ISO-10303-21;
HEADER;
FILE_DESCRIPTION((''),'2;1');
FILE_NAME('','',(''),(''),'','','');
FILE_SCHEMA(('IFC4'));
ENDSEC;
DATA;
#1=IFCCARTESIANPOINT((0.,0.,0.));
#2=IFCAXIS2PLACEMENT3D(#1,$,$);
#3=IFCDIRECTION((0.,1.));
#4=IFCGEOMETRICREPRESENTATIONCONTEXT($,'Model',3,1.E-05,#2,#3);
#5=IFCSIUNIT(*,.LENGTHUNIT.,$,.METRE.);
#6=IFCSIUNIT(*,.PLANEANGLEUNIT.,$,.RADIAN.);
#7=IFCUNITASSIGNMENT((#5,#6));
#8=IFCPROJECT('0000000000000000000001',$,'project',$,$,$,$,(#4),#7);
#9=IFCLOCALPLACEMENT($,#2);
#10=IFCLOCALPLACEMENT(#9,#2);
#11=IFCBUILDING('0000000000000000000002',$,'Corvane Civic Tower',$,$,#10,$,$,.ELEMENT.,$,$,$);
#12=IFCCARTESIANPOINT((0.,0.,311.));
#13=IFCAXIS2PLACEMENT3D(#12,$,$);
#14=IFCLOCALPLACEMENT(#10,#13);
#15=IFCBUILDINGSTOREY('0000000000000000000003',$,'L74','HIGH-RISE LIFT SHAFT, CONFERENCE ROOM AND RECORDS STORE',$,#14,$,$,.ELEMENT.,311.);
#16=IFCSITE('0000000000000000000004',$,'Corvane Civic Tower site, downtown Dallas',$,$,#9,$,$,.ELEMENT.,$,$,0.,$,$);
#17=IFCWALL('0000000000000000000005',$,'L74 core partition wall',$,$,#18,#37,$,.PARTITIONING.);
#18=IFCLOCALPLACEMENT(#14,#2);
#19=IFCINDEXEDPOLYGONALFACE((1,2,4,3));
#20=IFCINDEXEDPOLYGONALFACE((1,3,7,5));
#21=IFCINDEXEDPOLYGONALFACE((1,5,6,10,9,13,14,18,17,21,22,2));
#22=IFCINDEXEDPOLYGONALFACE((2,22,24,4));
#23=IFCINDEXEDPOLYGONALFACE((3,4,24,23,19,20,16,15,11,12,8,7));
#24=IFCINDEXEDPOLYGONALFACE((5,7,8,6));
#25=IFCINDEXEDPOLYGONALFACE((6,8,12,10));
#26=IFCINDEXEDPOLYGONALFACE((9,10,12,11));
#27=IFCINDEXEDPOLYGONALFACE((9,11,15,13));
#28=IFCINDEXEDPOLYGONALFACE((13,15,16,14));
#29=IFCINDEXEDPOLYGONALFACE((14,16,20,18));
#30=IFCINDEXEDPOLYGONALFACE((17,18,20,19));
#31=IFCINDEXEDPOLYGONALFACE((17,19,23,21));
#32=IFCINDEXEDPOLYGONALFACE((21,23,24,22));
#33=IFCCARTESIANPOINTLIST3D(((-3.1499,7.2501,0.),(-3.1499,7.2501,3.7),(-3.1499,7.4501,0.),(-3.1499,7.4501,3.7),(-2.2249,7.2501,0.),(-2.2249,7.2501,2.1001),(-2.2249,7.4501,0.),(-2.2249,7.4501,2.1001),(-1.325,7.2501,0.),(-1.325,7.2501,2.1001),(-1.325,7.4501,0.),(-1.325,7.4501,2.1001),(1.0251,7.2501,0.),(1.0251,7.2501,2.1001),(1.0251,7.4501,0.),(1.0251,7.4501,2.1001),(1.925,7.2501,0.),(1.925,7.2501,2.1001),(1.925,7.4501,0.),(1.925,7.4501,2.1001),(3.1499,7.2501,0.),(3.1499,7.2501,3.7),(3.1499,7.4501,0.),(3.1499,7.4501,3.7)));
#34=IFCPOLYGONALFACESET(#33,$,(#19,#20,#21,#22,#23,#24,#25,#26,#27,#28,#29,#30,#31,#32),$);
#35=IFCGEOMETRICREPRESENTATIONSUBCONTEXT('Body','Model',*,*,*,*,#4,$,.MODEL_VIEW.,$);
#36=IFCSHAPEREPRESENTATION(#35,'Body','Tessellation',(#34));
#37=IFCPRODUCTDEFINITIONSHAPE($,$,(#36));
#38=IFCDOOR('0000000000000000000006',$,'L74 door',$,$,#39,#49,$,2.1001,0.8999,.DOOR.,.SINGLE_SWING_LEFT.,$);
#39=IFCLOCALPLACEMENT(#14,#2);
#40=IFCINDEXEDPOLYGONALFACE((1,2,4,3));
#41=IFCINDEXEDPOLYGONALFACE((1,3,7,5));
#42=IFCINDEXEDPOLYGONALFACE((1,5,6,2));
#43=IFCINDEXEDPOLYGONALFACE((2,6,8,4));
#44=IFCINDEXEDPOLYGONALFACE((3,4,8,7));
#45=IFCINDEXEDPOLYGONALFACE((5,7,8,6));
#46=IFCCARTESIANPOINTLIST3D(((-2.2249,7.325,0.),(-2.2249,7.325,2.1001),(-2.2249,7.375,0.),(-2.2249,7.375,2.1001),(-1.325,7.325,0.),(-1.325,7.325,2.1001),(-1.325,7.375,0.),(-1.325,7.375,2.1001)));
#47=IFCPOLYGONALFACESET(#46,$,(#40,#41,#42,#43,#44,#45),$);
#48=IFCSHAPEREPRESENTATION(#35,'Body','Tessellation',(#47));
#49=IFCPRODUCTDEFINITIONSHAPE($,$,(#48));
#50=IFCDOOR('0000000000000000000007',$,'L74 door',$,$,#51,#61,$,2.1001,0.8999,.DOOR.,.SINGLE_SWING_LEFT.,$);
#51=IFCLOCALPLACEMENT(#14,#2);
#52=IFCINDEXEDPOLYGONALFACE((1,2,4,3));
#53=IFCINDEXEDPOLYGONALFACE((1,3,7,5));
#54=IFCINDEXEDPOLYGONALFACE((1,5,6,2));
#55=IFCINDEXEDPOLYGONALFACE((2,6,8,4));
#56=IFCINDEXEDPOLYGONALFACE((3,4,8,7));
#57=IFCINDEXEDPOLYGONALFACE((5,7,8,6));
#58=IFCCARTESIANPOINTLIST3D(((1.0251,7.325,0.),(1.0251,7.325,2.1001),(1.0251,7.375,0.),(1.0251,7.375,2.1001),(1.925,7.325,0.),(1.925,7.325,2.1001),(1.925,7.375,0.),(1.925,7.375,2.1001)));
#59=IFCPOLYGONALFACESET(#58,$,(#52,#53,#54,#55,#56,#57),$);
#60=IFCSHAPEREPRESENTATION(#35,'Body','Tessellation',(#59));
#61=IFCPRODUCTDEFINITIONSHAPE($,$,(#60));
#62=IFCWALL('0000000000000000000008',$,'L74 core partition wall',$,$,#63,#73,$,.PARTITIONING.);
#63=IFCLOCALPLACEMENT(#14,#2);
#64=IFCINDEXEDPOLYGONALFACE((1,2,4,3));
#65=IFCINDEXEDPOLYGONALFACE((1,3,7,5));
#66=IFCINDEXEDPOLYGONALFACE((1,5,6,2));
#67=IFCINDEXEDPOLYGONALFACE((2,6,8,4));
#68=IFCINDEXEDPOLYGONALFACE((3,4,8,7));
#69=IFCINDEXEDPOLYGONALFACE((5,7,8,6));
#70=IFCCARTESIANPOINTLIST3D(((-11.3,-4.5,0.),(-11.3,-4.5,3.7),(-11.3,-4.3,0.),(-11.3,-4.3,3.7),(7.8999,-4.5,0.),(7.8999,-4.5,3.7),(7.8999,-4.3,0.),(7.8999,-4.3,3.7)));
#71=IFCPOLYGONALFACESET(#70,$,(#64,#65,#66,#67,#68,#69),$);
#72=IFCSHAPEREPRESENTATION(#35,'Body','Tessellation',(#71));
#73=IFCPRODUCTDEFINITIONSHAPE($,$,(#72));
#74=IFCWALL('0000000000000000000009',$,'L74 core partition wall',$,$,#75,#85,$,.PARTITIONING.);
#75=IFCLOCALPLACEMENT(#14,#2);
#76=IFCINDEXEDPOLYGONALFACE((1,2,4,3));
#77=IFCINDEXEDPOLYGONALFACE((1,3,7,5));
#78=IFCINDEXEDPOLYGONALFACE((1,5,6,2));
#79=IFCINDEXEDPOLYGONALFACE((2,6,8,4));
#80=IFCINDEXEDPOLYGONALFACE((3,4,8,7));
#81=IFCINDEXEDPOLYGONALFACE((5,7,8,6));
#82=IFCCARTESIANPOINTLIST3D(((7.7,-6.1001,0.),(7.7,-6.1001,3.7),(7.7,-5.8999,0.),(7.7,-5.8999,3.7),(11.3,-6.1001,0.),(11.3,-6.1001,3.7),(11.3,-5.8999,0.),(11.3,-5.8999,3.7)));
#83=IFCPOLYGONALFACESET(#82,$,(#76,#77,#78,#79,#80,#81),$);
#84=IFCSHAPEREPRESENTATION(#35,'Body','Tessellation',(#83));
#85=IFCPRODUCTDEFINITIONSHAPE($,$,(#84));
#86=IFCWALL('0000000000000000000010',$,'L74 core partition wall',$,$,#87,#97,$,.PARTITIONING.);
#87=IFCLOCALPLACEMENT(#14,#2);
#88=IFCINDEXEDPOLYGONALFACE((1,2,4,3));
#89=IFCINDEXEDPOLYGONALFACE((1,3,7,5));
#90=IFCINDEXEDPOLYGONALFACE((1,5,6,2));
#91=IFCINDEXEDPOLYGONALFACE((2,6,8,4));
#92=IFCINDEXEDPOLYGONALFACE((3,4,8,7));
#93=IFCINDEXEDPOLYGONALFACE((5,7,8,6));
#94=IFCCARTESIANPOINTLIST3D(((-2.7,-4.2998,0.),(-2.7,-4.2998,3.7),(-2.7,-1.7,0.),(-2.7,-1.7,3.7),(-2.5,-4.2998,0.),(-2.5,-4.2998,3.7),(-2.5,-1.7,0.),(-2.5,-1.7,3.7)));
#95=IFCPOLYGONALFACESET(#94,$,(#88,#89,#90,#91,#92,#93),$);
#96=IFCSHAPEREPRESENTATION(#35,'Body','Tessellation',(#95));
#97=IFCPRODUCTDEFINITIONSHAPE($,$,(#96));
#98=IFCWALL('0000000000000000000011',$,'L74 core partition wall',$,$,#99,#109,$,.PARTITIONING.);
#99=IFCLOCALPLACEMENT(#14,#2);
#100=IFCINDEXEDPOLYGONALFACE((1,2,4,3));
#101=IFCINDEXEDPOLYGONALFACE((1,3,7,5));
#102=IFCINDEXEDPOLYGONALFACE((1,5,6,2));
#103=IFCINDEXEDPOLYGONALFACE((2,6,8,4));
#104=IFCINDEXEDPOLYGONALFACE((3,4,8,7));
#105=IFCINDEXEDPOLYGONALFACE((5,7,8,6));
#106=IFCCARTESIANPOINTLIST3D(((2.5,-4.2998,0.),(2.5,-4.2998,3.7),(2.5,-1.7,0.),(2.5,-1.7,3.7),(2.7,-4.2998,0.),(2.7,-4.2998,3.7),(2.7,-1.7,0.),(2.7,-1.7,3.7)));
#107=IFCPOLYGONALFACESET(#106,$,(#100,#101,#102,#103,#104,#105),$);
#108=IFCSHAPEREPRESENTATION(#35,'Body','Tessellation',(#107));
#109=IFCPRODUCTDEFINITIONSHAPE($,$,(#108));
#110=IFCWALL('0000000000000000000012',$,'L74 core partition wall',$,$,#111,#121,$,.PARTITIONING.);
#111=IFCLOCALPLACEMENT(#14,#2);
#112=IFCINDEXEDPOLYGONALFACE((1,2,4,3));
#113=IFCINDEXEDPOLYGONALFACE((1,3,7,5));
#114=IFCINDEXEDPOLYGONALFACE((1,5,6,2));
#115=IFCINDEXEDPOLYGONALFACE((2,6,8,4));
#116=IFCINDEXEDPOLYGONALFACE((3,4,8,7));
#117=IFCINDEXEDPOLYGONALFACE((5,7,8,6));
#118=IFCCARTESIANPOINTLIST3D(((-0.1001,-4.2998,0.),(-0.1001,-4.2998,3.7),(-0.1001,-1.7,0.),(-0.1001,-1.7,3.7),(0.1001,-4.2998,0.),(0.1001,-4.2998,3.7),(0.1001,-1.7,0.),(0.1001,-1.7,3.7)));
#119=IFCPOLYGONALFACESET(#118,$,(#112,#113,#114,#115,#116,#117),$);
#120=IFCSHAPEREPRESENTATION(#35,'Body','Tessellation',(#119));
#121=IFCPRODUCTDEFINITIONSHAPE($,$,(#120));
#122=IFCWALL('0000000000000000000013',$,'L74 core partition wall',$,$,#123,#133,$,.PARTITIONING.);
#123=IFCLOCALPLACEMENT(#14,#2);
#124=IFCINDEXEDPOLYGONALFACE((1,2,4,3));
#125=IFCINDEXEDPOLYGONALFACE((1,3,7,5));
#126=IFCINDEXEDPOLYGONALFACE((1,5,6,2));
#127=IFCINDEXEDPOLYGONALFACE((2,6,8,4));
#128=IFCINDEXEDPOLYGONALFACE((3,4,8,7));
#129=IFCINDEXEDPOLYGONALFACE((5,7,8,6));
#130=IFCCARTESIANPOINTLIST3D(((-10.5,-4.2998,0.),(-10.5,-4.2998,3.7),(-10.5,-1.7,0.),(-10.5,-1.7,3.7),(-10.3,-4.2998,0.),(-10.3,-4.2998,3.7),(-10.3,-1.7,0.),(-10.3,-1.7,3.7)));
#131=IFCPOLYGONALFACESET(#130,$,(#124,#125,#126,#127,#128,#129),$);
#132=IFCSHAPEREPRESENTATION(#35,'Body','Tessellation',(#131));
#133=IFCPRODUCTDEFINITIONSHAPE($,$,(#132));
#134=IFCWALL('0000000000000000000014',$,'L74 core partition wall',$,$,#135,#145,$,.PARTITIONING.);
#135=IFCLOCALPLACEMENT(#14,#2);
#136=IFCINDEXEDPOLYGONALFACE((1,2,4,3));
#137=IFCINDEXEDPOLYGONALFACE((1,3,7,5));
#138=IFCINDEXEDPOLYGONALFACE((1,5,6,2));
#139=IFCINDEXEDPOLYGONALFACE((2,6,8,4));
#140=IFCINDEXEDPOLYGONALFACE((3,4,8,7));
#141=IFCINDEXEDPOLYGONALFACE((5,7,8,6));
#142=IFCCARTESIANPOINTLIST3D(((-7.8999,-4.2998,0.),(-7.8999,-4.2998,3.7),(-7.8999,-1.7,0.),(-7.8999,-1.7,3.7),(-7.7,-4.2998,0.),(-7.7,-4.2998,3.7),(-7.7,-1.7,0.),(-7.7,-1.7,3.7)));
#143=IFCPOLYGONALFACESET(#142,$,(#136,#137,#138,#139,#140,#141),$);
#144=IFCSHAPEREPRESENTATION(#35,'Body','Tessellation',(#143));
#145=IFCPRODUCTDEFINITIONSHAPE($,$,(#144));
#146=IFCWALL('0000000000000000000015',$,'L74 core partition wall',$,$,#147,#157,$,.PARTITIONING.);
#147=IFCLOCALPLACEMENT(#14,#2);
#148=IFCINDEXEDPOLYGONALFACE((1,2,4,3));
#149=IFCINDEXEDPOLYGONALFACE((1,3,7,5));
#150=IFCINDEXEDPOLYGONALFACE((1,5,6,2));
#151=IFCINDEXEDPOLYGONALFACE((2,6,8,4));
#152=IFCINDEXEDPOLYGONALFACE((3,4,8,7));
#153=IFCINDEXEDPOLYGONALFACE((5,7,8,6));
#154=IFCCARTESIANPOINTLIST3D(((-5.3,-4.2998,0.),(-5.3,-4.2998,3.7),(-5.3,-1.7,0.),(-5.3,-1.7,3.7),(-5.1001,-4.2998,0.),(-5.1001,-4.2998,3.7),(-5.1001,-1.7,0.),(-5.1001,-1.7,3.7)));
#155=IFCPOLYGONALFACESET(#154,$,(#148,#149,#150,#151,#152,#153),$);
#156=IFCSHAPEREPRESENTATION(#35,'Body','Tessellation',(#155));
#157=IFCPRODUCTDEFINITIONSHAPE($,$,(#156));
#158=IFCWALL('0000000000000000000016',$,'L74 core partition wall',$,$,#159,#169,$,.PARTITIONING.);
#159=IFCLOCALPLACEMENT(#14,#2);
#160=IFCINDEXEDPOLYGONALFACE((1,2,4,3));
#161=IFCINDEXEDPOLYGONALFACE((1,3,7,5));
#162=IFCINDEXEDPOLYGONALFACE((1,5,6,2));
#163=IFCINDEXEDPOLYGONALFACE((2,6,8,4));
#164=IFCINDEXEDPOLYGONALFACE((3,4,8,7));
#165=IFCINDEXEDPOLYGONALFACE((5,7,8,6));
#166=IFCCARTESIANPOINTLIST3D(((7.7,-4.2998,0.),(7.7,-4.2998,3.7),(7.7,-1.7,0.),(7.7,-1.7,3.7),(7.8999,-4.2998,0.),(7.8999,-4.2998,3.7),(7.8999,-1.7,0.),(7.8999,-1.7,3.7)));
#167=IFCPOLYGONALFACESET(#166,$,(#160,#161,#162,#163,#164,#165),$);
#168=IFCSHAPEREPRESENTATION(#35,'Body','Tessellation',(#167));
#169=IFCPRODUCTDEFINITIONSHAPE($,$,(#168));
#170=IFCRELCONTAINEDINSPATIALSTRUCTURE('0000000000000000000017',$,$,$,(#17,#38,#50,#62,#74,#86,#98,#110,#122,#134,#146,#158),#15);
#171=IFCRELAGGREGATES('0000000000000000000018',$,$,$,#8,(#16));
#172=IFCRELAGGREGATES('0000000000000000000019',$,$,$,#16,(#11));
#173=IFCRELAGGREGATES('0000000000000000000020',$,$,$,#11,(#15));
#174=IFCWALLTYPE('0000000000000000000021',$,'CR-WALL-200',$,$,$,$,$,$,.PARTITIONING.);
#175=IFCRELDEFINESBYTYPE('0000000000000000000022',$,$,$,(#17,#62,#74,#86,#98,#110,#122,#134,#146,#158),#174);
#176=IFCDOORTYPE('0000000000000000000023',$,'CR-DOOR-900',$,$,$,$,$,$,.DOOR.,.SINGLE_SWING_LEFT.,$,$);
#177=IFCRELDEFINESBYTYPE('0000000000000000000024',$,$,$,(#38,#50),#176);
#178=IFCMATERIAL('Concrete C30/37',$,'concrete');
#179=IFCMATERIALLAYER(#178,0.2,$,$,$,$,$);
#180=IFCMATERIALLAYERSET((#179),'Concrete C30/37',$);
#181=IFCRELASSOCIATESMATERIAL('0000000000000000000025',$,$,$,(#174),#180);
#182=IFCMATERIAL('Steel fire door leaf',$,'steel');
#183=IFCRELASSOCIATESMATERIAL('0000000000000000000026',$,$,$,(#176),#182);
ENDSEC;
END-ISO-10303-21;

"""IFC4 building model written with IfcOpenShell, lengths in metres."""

from ifc_helpers import new_model, si_unit, direction, frame, frame_2d, origin, place, context, subcontext, project, spatial, polyline, rectangle, outline, extrude, material, layer, layer_set, type_object, element, fill, save


model = new_model("IFC4")

# Units and contexts
model_context = context("Model", 3, precision=1e-05, world=origin(), true_north=direction((0.0, 1.0)))
body_context = subcontext(model_context, "Body", "Model", "MODEL_VIEW")
ifc_project = project(units=[si_unit("LENGTHUNIT", "METRE"), si_unit("PLANEANGLEUNIT", "RADIAN")], contexts=[model_context])

# Site, building, storey
site_placement = place(None, origin())
site = spatial("IfcSite", under=ifc_project, at=site_placement, Name="Corvane Civic Tower site, downtown Dallas", CompositionType="ELEMENT", RefElevation=0.0)
building_placement = place(site_placement, origin())
building = spatial("IfcBuilding", under=site, at=building_placement, Name="Corvane Civic Tower", CompositionType="ELEMENT")
storey_placement = place(building_placement, frame((0.0, 0.0, 311.0)))
storey = spatial("IfcBuildingStorey", under=building, at=storey_placement, Name="L74", Description="HIGH-RISE LIFT SHAFT, CONFERENCE ROOM AND RECORDS STORE", CompositionType="ELEMENT", Elevation=311.0)

# Wall, openings, doors
ifc_material_1 = material(Name="Concrete C30/37", Category="concrete")
ifc_layer_1 = layer(ifc_material_1, 0.2)
ifc_layer_set_1 = layer_set([ifc_layer_1], Name="Concrete C30/37")
wall_type_1 = type_object("IfcWallType", Name="CR-WALL-200", PredefinedType="PARTITIONING", material=ifc_layer_set_1)
ifc_material_2 = material(Name="Steel fire door leaf", Category="steel")
door_type_1 = type_object("IfcDoorType", Name="CR-DOOR-900", OperationType="SINGLE_SWING_LEFT", PredefinedType="DOOR", material=ifc_material_2)
wall_1_placement = place(storey_placement, frame((-3.1499, 7.3501, 0.0), z_axis=(0.0, 0.0, 1.0), x_axis=(1.0, 0.0, 0.0)))
wall_1 = element("IfcWall", 1, at=wall_1_placement, inside=storey, type_object=wall_type_1, Name="L74 core partition wall", PredefinedType="PARTITIONING", context=body_context, shape_type="SweptSolid", body=[
    extrude(rectangle(XDim=6.2998, YDim=0.2, at=frame_2d((3.1499, 0.0))), origin(), (0.0, 0.0, 1.0), 3.7),
])
opening_1_placement = place(wall_1_placement, frame((0.925, 0.0, 0.0)))
opening_1 = element("IfcOpeningElement", 2, at=opening_1_placement, cuts=wall_1, PredefinedType="OPENING", context=body_context, shape_type="SweptSolid", body=[
    extrude(rectangle(XDim=0.8999, YDim=2.1001, at=frame_2d((0.45, 1.05))), frame((0.0, 0.1099, 0.0), z_axis=(0.0, -1.0, 0.0), x_axis=(1.0, 0.0, 0.0)), (0.0, 0.0, 1.0), 0.22),
])
opening_2_placement = place(wall_1_placement, frame((4.175, 0.0, 0.0)))
opening_2 = element("IfcOpeningElement", 3, at=opening_2_placement, cuts=wall_1, PredefinedType="OPENING", context=body_context, shape_type="SweptSolid", body=[
    extrude(rectangle(XDim=0.8999, YDim=2.1001, at=frame_2d((0.45, 1.05))), frame((0.0, 0.1099, 0.0), z_axis=(0.0, -1.0, 0.0), x_axis=(1.0, 0.0, 0.0)), (0.0, 0.0, 1.0), 0.22),
])
door_1_placement = place(opening_1_placement, origin())
door_1 = element("IfcDoor", 4, at=door_1_placement, inside=storey, type_object=door_type_1, Name="L74 door", OperationType="SINGLE_SWING_LEFT", OverallHeight=2.1001, OverallWidth=0.8999, PredefinedType="DOOR", context=body_context, shape_type="SweptSolid", body=[
    extrude(rectangle(XDim=0.8999, YDim=2.1001, at=frame_2d((0.45, 1.05))), frame((0.0, 0.0249, 0.0), z_axis=(0.0, -1.0, 0.0), x_axis=(1.0, 0.0, 0.0)), (0.0, 0.0, 1.0), 0.05),
])
fill(opening_1, door_1)
door_2_placement = place(opening_2_placement, origin())
door_2 = element("IfcDoor", 5, at=door_2_placement, inside=storey, type_object=door_type_1, Name="L74 door", OperationType="SINGLE_SWING_LEFT", OverallHeight=2.1001, OverallWidth=0.8999, PredefinedType="DOOR", context=body_context, shape_type="SweptSolid", body=[
    extrude(rectangle(XDim=0.8999, YDim=2.1001, at=frame_2d((0.45, 1.05))), frame((0.0, 0.0249, 0.0), z_axis=(0.0, -1.0, 0.0), x_axis=(1.0, 0.0, 0.0)), (0.0, 0.0, 1.0), 0.05),
])
fill(opening_2, door_2)

# Walls
wall_2_placement = place(storey_placement, origin())
element("IfcWall", 6, at=wall_2_placement, inside=storey, type_object=wall_type_1, Name="L74 core partition wall", PredefinedType="PARTITIONING", context=body_context, shape_type="SweptSolid", body=[
    extrude(outline(polyline([(7.8999, -4.3), (7.8999, -4.5), (-11.3, -4.5), (-11.3, -4.3), (7.8999, -4.3)])), origin(), (0.0, 0.0, 1.0), 3.7),
])
wall_3_placement = place(storey_placement, origin())
element("IfcWall", 7, at=wall_3_placement, inside=storey, type_object=wall_type_1, Name="L74 core partition wall", PredefinedType="PARTITIONING", context=body_context, shape_type="SweptSolid", body=[
    extrude(outline(polyline([(11.3, -6.1001), (7.7, -6.1001), (7.7, -5.8999), (11.3, -5.8999), (11.3, -6.1001)])), origin(), (0.0, 0.0, 1.0), 3.7),
])
wall_4_placement = place(storey_placement, origin())
element("IfcWall", 8, at=wall_4_placement, inside=storey, type_object=wall_type_1, Name="L74 core partition wall", PredefinedType="PARTITIONING", context=body_context, shape_type="SweptSolid", body=[
    extrude(outline(polyline([(-2.5, -1.7), (-2.5, -4.2998), (-2.7, -4.2998), (-2.7, -1.7), (-2.5, -1.7)])), origin(), (0.0, 0.0, 1.0), 3.7),
])
wall_5_placement = place(storey_placement, origin())
element("IfcWall", 9, at=wall_5_placement, inside=storey, type_object=wall_type_1, Name="L74 core partition wall", PredefinedType="PARTITIONING", context=body_context, shape_type="SweptSolid", body=[
    extrude(outline(polyline([(2.7, -1.7), (2.7, -4.2998), (2.5, -4.2998), (2.5, -1.7), (2.7, -1.7)])), origin(), (0.0, 0.0, 1.0), 3.7),
])
wall_6_placement = place(storey_placement, origin())
element("IfcWall", 10, at=wall_6_placement, inside=storey, type_object=wall_type_1, Name="L74 core partition wall", PredefinedType="PARTITIONING", context=body_context, shape_type="SweptSolid", body=[
    extrude(outline(polyline([(0.1001, -1.7), (0.1001, -4.2998), (-0.1001, -4.2998), (-0.1001, -1.7), (0.1001, -1.7)])), origin(), (0.0, 0.0, 1.0), 3.7),
])
wall_7_placement = place(storey_placement, origin())
element("IfcWall", 11, at=wall_7_placement, inside=storey, type_object=wall_type_1, Name="L74 core partition wall", PredefinedType="PARTITIONING", context=body_context, shape_type="SweptSolid", body=[
    extrude(outline(polyline([(-10.3, -1.7), (-10.3, -4.2998), (-10.5, -4.2998), (-10.5, -1.7), (-10.3, -1.7)])), origin(), (0.0, 0.0, 1.0), 3.7),
])
wall_8_placement = place(storey_placement, origin())
element("IfcWall", 12, at=wall_8_placement, inside=storey, type_object=wall_type_1, Name="L74 core partition wall", PredefinedType="PARTITIONING", context=body_context, shape_type="SweptSolid", body=[
    extrude(outline(polyline([(-7.7, -1.7), (-7.7, -4.2998), (-7.8999, -4.2998), (-7.8999, -1.7), (-7.7, -1.7)])), origin(), (0.0, 0.0, 1.0), 3.7),
])
wall_9_placement = place(storey_placement, origin())
element("IfcWall", 13, at=wall_9_placement, inside=storey, type_object=wall_type_1, Name="L74 core partition wall", PredefinedType="PARTITIONING", context=body_context, shape_type="SweptSolid", body=[
    extrude(outline(polyline([(-5.1001, -1.7), (-5.1001, -4.2998), (-5.3, -4.2998), (-5.3, -1.7), (-5.1001, -1.7)])), origin(), (0.0, 0.0, 1.0), 3.7),
])
wall_10_placement = place(storey_placement, origin())
element("IfcWall", 14, at=wall_10_placement, inside=storey, type_object=wall_type_1, Name="L74 core partition wall", PredefinedType="PARTITIONING", context=body_context, shape_type="SweptSolid", body=[
    extrude(outline(polyline([(7.8999, -1.7), (7.8999, -4.2998), (7.7, -4.2998), (7.7, -1.7), (7.8999, -1.7)])), origin(), (0.0, 0.0, 1.0), 3.7),
])

save(model, "model.ifc")
